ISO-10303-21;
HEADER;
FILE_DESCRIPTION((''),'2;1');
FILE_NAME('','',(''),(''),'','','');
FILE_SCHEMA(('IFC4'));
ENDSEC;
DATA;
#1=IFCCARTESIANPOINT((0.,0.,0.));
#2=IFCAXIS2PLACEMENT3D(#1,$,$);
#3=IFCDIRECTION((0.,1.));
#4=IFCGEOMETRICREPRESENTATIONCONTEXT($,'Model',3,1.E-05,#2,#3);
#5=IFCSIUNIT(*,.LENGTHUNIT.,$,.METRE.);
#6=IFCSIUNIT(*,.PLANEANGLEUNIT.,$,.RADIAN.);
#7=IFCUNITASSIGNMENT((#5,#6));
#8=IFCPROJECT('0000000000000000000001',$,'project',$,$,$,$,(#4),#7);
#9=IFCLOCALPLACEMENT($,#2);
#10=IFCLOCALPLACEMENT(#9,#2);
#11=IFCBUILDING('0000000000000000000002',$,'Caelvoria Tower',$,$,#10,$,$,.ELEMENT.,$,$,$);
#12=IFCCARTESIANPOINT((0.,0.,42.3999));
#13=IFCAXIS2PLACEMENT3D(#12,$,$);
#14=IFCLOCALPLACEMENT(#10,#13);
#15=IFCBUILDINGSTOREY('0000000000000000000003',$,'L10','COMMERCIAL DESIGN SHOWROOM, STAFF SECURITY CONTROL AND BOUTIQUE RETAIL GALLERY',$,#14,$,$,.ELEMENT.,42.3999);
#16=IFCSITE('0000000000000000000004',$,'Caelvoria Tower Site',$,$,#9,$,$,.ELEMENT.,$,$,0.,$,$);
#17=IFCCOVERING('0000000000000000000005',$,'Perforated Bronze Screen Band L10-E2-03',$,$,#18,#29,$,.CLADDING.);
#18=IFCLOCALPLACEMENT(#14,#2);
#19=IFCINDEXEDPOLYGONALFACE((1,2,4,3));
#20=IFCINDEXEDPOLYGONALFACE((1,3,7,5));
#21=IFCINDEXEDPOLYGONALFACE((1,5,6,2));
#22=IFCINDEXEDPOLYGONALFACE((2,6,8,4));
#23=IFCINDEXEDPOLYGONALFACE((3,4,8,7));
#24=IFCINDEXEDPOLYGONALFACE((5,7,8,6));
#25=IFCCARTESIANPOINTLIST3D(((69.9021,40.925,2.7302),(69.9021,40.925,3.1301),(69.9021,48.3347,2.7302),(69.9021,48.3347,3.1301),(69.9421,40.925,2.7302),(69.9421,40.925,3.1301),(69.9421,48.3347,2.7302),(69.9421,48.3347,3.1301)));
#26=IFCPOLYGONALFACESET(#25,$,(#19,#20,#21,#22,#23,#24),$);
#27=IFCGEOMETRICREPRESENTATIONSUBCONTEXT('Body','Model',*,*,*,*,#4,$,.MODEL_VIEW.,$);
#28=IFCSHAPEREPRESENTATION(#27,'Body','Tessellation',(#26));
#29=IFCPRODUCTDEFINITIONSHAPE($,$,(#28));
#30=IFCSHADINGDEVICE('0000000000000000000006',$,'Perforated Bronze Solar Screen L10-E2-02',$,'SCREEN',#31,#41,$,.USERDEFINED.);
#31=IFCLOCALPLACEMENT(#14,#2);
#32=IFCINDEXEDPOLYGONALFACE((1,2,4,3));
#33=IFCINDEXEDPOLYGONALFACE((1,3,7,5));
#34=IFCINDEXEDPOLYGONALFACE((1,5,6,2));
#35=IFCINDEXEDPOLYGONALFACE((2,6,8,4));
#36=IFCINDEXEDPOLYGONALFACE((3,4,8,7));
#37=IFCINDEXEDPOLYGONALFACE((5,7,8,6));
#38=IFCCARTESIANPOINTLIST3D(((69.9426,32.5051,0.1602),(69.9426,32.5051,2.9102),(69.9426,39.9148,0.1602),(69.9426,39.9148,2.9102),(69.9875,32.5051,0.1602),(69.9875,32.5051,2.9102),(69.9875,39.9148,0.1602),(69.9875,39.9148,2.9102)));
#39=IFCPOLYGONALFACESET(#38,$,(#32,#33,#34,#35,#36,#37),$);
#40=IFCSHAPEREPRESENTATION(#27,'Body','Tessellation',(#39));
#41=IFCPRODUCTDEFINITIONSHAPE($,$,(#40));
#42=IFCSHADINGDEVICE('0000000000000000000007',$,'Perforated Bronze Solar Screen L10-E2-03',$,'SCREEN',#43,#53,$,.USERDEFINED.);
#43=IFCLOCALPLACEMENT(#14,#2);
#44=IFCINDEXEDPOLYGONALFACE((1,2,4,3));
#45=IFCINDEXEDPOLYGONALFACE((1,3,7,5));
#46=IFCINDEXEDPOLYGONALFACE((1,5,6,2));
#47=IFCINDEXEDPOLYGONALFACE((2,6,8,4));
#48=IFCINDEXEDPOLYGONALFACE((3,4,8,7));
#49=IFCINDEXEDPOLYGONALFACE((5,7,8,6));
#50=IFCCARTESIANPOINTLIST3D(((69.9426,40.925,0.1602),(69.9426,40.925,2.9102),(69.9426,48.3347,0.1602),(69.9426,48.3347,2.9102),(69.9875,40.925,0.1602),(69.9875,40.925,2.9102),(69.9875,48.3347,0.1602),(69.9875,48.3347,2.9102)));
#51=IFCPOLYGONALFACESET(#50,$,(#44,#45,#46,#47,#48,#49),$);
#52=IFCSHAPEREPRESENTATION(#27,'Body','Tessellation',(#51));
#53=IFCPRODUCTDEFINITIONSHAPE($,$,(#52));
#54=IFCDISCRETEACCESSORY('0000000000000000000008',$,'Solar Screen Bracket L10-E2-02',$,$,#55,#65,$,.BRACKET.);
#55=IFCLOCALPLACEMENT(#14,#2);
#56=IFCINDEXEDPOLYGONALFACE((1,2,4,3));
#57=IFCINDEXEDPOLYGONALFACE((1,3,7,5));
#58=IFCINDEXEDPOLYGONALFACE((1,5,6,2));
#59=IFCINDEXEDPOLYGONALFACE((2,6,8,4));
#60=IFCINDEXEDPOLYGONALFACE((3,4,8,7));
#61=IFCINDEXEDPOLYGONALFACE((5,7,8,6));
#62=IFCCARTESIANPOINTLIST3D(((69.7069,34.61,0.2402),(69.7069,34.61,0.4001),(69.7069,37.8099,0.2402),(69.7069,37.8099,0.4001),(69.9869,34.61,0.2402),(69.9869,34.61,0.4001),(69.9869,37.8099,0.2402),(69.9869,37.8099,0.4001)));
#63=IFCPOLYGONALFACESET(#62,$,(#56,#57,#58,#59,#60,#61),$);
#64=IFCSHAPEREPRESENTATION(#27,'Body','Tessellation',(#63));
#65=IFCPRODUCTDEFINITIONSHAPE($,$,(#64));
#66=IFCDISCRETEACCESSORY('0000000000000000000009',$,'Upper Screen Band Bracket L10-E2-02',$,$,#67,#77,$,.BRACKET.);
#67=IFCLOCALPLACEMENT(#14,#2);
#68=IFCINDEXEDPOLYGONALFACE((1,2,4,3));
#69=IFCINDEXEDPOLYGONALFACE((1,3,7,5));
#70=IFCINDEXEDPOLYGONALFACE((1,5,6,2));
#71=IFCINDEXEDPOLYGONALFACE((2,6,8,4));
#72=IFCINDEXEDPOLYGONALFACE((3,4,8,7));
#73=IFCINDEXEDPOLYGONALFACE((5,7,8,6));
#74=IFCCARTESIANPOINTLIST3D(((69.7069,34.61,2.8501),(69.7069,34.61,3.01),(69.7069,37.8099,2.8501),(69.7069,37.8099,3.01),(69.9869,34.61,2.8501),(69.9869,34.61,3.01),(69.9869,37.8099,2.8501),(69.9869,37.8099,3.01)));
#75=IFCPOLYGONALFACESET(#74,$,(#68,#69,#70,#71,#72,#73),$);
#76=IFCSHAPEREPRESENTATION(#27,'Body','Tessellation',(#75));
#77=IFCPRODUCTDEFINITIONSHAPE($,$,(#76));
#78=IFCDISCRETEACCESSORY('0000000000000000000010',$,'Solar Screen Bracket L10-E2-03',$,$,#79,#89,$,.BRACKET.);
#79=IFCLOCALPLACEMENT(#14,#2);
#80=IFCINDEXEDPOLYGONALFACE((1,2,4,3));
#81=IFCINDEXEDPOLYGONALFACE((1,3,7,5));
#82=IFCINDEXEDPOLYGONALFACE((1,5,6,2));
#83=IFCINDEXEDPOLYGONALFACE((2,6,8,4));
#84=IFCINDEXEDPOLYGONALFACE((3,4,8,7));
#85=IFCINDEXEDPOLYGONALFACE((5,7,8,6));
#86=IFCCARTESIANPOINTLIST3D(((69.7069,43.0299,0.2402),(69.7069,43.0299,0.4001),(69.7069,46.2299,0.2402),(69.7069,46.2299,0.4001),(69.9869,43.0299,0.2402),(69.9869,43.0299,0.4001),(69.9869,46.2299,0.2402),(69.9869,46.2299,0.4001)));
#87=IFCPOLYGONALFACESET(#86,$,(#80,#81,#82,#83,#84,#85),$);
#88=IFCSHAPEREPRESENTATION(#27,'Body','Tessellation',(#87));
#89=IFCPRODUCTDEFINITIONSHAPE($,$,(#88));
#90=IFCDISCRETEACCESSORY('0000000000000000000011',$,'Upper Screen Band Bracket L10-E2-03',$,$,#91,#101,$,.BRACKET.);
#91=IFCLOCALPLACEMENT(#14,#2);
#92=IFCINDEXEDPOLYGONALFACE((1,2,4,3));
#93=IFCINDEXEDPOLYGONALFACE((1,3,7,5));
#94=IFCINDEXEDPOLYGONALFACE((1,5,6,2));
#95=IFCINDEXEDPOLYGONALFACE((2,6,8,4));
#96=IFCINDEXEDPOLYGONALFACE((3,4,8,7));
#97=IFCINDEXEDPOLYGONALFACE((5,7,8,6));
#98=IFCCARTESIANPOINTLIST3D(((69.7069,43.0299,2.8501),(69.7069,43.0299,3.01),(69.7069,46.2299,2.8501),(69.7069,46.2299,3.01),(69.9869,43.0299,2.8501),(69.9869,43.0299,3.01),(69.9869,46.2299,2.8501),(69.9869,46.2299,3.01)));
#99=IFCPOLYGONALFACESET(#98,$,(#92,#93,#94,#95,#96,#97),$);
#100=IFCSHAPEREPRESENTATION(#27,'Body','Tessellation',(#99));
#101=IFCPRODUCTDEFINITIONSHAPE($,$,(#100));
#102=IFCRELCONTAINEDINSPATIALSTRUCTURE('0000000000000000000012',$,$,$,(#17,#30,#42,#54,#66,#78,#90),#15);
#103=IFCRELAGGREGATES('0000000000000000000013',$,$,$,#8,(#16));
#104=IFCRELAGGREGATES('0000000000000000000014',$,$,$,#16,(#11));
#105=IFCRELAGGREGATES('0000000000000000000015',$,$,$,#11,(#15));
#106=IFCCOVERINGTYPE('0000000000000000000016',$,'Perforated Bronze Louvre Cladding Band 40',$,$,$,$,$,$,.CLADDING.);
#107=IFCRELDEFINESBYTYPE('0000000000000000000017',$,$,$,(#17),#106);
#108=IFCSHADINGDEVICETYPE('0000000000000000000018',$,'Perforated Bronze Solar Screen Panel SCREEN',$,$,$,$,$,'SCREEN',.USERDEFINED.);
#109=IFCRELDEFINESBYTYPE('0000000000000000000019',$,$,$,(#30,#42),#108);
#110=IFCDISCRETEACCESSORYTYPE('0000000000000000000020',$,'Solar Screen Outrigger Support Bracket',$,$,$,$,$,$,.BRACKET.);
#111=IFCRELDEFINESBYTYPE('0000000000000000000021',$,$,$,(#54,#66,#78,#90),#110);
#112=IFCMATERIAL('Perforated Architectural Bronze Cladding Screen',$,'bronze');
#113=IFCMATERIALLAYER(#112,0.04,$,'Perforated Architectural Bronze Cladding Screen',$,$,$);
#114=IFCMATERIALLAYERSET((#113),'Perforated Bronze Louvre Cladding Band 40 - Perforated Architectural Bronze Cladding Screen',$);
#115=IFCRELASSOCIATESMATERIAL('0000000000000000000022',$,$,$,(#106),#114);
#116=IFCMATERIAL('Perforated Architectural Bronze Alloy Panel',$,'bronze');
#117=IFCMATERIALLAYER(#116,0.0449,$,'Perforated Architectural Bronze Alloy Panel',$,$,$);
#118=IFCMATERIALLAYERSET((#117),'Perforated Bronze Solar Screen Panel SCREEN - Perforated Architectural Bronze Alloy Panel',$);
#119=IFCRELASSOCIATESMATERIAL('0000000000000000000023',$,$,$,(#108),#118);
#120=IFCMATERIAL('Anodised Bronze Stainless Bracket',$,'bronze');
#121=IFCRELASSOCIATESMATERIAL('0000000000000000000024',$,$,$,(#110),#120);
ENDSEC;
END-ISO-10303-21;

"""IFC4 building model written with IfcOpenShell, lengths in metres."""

from ifc_helpers import new_model, si_unit, direction, frame, origin, origin_2d, place, context, subcontext, project, spatial, rectangle, extrude, material, layer, layer_set, type_object, element, save


model = new_model("IFC4")

# Units and contexts
model_context = context("Model", 3, precision=1e-05, world=origin(), true_north=direction((0.0, 1.0)))
body_context = subcontext(model_context, "Body", "Model", "MODEL_VIEW")
ifc_project = project(units=[si_unit("LENGTHUNIT", "METRE"), si_unit("PLANEANGLEUNIT", "RADIAN")], contexts=[model_context])

# Site, building, storey
site_placement = place(None, origin())
site = spatial("IfcSite", under=ifc_project, at=site_placement, Name="Caelvoria Tower Site", CompositionType="ELEMENT", RefElevation=0.0)
building_placement = place(site_placement, origin())
building = spatial("IfcBuilding", under=site, at=building_placement, Name="Caelvoria Tower", CompositionType="ELEMENT")
storey_placement = place(building_placement, frame((0.0, 0.0, 42.3999)))
storey = spatial("IfcBuildingStorey", under=building, at=storey_placement, Name="L10", Description="COMMERCIAL DESIGN SHOWROOM, STAFF SECURITY CONTROL AND BOUTIQUE RETAIL GALLERY", CompositionType="ELEMENT", Elevation=42.3999)

# Covering
ifc_material_1 = material(Name="Perforated Architectural Bronze Cladding Screen", Category="bronze")
ifc_layer_1 = layer(ifc_material_1, 0.04, Name="Perforated Architectural Bronze Cladding Screen")
ifc_layer_set_1 = layer_set([ifc_layer_1], Name="Perforated Bronze Louvre Cladding Band 40 - Perforated Architectural Bronze Cladding Screen")
covering_type = type_object("IfcCoveringType", Name="Perforated Bronze Louvre Cladding Band 40", PredefinedType="CLADDING", material=ifc_layer_set_1)
for number, where, z_axis, x_axis, name in (
    (1, (69.9221, 44.6299, 2.7302), (0.0, 0.0, 1.0), (0.0, 1.0, 0.0), "Perforated Bronze Screen Band L10-E2-03"),
):
    element("IfcCovering", number, at=place(storey_placement, frame(where, z_axis=z_axis, x_axis=x_axis)), inside=storey, type_object=covering_type, Name=name, PredefinedType="CLADDING", context=body_context, shape_type="SweptSolid", body=[
        extrude(rectangle(XDim=7.4097, YDim=0.04, at=origin_2d()), origin(), (0.0, 0.0, 1.0), 0.3999),
    ])

# Shading devices
ifc_material_2 = material(Name="Perforated Architectural Bronze Alloy Panel", Category="bronze")
ifc_layer_2 = layer(ifc_material_2, 0.0449, Name="Perforated Architectural Bronze Alloy Panel")
ifc_layer_set_2 = layer_set([ifc_layer_2], Name="Perforated Bronze Solar Screen Panel SCREEN - Perforated Architectural Bronze Alloy Panel")
shading_device_type = type_object("IfcShadingDeviceType", Name="Perforated Bronze Solar Screen Panel SCREEN", ElementType="SCREEN", PredefinedType="USERDEFINED", material=ifc_layer_set_2)
for number, where, z_axis, x_axis, name in (
    (2, (69.9651, 36.21, 0.1602), (0.0, 0.0, 1.0), (0.0, 1.0, 0.0), "Perforated Bronze Solar Screen L10-E2-02"),
    (3, (69.9651, 44.6299, 0.1602), (0.0, 0.0, 1.0), (0.0, 1.0, 0.0), "Perforated Bronze Solar Screen L10-E2-03"),
):
    element("IfcShadingDevice", number, at=place(storey_placement, frame(where, z_axis=z_axis, x_axis=x_axis)), inside=storey, type_object=shading_device_type, Name=name, ObjectType="SCREEN", PredefinedType="USERDEFINED", context=body_context, shape_type="SweptSolid", body=[
        extrude(rectangle(XDim=7.4097, YDim=0.0449, at=origin_2d()), origin(), (0.0, 0.0, 1.0), 2.75),
    ])

# Discrete accessories
ifc_material_3 = material(Name="Anodised Bronze Stainless Bracket", Category="bronze")
discrete_accessory_type = type_object("IfcDiscreteAccessoryType", Name="Solar Screen Outrigger Support Bracket", PredefinedType="BRACKET", material=ifc_material_3)
for number, where, z_axis, x_axis, name in (
    (4, (69.8469, 36.21, 0.2402), (0.0, 0.0, 1.0), (0.0, 1.0, 0.0), "Solar Screen Bracket L10-E2-02"),
    (5, (69.8469, 36.21, 2.8501), (0.0, 0.0, 1.0), (0.0, 1.0, 0.0), "Upper Screen Band Bracket L10-E2-02"),
    (6, (69.8469, 44.6299, 0.2402), (0.0, 0.0, 1.0), (0.0, 1.0, 0.0), "Solar Screen Bracket L10-E2-03"),
    (7, (69.8469, 44.6299, 2.8501), (0.0, 0.0, 1.0), (0.0, 1.0, 0.0), "Upper Screen Band Bracket L10-E2-03"),
):
    element("IfcDiscreteAccessory", number, at=place(storey_placement, frame(where, z_axis=z_axis, x_axis=x_axis)), inside=storey, type_object=discrete_accessory_type, Name=name, PredefinedType="BRACKET", context=body_context, shape_type="SweptSolid", body=[
        extrude(rectangle(XDim=3.2, YDim=0.28, at=origin_2d()), origin(), (0.0, 0.0, 1.0), 0.1599),
    ])

save(model, "model.ifc")
